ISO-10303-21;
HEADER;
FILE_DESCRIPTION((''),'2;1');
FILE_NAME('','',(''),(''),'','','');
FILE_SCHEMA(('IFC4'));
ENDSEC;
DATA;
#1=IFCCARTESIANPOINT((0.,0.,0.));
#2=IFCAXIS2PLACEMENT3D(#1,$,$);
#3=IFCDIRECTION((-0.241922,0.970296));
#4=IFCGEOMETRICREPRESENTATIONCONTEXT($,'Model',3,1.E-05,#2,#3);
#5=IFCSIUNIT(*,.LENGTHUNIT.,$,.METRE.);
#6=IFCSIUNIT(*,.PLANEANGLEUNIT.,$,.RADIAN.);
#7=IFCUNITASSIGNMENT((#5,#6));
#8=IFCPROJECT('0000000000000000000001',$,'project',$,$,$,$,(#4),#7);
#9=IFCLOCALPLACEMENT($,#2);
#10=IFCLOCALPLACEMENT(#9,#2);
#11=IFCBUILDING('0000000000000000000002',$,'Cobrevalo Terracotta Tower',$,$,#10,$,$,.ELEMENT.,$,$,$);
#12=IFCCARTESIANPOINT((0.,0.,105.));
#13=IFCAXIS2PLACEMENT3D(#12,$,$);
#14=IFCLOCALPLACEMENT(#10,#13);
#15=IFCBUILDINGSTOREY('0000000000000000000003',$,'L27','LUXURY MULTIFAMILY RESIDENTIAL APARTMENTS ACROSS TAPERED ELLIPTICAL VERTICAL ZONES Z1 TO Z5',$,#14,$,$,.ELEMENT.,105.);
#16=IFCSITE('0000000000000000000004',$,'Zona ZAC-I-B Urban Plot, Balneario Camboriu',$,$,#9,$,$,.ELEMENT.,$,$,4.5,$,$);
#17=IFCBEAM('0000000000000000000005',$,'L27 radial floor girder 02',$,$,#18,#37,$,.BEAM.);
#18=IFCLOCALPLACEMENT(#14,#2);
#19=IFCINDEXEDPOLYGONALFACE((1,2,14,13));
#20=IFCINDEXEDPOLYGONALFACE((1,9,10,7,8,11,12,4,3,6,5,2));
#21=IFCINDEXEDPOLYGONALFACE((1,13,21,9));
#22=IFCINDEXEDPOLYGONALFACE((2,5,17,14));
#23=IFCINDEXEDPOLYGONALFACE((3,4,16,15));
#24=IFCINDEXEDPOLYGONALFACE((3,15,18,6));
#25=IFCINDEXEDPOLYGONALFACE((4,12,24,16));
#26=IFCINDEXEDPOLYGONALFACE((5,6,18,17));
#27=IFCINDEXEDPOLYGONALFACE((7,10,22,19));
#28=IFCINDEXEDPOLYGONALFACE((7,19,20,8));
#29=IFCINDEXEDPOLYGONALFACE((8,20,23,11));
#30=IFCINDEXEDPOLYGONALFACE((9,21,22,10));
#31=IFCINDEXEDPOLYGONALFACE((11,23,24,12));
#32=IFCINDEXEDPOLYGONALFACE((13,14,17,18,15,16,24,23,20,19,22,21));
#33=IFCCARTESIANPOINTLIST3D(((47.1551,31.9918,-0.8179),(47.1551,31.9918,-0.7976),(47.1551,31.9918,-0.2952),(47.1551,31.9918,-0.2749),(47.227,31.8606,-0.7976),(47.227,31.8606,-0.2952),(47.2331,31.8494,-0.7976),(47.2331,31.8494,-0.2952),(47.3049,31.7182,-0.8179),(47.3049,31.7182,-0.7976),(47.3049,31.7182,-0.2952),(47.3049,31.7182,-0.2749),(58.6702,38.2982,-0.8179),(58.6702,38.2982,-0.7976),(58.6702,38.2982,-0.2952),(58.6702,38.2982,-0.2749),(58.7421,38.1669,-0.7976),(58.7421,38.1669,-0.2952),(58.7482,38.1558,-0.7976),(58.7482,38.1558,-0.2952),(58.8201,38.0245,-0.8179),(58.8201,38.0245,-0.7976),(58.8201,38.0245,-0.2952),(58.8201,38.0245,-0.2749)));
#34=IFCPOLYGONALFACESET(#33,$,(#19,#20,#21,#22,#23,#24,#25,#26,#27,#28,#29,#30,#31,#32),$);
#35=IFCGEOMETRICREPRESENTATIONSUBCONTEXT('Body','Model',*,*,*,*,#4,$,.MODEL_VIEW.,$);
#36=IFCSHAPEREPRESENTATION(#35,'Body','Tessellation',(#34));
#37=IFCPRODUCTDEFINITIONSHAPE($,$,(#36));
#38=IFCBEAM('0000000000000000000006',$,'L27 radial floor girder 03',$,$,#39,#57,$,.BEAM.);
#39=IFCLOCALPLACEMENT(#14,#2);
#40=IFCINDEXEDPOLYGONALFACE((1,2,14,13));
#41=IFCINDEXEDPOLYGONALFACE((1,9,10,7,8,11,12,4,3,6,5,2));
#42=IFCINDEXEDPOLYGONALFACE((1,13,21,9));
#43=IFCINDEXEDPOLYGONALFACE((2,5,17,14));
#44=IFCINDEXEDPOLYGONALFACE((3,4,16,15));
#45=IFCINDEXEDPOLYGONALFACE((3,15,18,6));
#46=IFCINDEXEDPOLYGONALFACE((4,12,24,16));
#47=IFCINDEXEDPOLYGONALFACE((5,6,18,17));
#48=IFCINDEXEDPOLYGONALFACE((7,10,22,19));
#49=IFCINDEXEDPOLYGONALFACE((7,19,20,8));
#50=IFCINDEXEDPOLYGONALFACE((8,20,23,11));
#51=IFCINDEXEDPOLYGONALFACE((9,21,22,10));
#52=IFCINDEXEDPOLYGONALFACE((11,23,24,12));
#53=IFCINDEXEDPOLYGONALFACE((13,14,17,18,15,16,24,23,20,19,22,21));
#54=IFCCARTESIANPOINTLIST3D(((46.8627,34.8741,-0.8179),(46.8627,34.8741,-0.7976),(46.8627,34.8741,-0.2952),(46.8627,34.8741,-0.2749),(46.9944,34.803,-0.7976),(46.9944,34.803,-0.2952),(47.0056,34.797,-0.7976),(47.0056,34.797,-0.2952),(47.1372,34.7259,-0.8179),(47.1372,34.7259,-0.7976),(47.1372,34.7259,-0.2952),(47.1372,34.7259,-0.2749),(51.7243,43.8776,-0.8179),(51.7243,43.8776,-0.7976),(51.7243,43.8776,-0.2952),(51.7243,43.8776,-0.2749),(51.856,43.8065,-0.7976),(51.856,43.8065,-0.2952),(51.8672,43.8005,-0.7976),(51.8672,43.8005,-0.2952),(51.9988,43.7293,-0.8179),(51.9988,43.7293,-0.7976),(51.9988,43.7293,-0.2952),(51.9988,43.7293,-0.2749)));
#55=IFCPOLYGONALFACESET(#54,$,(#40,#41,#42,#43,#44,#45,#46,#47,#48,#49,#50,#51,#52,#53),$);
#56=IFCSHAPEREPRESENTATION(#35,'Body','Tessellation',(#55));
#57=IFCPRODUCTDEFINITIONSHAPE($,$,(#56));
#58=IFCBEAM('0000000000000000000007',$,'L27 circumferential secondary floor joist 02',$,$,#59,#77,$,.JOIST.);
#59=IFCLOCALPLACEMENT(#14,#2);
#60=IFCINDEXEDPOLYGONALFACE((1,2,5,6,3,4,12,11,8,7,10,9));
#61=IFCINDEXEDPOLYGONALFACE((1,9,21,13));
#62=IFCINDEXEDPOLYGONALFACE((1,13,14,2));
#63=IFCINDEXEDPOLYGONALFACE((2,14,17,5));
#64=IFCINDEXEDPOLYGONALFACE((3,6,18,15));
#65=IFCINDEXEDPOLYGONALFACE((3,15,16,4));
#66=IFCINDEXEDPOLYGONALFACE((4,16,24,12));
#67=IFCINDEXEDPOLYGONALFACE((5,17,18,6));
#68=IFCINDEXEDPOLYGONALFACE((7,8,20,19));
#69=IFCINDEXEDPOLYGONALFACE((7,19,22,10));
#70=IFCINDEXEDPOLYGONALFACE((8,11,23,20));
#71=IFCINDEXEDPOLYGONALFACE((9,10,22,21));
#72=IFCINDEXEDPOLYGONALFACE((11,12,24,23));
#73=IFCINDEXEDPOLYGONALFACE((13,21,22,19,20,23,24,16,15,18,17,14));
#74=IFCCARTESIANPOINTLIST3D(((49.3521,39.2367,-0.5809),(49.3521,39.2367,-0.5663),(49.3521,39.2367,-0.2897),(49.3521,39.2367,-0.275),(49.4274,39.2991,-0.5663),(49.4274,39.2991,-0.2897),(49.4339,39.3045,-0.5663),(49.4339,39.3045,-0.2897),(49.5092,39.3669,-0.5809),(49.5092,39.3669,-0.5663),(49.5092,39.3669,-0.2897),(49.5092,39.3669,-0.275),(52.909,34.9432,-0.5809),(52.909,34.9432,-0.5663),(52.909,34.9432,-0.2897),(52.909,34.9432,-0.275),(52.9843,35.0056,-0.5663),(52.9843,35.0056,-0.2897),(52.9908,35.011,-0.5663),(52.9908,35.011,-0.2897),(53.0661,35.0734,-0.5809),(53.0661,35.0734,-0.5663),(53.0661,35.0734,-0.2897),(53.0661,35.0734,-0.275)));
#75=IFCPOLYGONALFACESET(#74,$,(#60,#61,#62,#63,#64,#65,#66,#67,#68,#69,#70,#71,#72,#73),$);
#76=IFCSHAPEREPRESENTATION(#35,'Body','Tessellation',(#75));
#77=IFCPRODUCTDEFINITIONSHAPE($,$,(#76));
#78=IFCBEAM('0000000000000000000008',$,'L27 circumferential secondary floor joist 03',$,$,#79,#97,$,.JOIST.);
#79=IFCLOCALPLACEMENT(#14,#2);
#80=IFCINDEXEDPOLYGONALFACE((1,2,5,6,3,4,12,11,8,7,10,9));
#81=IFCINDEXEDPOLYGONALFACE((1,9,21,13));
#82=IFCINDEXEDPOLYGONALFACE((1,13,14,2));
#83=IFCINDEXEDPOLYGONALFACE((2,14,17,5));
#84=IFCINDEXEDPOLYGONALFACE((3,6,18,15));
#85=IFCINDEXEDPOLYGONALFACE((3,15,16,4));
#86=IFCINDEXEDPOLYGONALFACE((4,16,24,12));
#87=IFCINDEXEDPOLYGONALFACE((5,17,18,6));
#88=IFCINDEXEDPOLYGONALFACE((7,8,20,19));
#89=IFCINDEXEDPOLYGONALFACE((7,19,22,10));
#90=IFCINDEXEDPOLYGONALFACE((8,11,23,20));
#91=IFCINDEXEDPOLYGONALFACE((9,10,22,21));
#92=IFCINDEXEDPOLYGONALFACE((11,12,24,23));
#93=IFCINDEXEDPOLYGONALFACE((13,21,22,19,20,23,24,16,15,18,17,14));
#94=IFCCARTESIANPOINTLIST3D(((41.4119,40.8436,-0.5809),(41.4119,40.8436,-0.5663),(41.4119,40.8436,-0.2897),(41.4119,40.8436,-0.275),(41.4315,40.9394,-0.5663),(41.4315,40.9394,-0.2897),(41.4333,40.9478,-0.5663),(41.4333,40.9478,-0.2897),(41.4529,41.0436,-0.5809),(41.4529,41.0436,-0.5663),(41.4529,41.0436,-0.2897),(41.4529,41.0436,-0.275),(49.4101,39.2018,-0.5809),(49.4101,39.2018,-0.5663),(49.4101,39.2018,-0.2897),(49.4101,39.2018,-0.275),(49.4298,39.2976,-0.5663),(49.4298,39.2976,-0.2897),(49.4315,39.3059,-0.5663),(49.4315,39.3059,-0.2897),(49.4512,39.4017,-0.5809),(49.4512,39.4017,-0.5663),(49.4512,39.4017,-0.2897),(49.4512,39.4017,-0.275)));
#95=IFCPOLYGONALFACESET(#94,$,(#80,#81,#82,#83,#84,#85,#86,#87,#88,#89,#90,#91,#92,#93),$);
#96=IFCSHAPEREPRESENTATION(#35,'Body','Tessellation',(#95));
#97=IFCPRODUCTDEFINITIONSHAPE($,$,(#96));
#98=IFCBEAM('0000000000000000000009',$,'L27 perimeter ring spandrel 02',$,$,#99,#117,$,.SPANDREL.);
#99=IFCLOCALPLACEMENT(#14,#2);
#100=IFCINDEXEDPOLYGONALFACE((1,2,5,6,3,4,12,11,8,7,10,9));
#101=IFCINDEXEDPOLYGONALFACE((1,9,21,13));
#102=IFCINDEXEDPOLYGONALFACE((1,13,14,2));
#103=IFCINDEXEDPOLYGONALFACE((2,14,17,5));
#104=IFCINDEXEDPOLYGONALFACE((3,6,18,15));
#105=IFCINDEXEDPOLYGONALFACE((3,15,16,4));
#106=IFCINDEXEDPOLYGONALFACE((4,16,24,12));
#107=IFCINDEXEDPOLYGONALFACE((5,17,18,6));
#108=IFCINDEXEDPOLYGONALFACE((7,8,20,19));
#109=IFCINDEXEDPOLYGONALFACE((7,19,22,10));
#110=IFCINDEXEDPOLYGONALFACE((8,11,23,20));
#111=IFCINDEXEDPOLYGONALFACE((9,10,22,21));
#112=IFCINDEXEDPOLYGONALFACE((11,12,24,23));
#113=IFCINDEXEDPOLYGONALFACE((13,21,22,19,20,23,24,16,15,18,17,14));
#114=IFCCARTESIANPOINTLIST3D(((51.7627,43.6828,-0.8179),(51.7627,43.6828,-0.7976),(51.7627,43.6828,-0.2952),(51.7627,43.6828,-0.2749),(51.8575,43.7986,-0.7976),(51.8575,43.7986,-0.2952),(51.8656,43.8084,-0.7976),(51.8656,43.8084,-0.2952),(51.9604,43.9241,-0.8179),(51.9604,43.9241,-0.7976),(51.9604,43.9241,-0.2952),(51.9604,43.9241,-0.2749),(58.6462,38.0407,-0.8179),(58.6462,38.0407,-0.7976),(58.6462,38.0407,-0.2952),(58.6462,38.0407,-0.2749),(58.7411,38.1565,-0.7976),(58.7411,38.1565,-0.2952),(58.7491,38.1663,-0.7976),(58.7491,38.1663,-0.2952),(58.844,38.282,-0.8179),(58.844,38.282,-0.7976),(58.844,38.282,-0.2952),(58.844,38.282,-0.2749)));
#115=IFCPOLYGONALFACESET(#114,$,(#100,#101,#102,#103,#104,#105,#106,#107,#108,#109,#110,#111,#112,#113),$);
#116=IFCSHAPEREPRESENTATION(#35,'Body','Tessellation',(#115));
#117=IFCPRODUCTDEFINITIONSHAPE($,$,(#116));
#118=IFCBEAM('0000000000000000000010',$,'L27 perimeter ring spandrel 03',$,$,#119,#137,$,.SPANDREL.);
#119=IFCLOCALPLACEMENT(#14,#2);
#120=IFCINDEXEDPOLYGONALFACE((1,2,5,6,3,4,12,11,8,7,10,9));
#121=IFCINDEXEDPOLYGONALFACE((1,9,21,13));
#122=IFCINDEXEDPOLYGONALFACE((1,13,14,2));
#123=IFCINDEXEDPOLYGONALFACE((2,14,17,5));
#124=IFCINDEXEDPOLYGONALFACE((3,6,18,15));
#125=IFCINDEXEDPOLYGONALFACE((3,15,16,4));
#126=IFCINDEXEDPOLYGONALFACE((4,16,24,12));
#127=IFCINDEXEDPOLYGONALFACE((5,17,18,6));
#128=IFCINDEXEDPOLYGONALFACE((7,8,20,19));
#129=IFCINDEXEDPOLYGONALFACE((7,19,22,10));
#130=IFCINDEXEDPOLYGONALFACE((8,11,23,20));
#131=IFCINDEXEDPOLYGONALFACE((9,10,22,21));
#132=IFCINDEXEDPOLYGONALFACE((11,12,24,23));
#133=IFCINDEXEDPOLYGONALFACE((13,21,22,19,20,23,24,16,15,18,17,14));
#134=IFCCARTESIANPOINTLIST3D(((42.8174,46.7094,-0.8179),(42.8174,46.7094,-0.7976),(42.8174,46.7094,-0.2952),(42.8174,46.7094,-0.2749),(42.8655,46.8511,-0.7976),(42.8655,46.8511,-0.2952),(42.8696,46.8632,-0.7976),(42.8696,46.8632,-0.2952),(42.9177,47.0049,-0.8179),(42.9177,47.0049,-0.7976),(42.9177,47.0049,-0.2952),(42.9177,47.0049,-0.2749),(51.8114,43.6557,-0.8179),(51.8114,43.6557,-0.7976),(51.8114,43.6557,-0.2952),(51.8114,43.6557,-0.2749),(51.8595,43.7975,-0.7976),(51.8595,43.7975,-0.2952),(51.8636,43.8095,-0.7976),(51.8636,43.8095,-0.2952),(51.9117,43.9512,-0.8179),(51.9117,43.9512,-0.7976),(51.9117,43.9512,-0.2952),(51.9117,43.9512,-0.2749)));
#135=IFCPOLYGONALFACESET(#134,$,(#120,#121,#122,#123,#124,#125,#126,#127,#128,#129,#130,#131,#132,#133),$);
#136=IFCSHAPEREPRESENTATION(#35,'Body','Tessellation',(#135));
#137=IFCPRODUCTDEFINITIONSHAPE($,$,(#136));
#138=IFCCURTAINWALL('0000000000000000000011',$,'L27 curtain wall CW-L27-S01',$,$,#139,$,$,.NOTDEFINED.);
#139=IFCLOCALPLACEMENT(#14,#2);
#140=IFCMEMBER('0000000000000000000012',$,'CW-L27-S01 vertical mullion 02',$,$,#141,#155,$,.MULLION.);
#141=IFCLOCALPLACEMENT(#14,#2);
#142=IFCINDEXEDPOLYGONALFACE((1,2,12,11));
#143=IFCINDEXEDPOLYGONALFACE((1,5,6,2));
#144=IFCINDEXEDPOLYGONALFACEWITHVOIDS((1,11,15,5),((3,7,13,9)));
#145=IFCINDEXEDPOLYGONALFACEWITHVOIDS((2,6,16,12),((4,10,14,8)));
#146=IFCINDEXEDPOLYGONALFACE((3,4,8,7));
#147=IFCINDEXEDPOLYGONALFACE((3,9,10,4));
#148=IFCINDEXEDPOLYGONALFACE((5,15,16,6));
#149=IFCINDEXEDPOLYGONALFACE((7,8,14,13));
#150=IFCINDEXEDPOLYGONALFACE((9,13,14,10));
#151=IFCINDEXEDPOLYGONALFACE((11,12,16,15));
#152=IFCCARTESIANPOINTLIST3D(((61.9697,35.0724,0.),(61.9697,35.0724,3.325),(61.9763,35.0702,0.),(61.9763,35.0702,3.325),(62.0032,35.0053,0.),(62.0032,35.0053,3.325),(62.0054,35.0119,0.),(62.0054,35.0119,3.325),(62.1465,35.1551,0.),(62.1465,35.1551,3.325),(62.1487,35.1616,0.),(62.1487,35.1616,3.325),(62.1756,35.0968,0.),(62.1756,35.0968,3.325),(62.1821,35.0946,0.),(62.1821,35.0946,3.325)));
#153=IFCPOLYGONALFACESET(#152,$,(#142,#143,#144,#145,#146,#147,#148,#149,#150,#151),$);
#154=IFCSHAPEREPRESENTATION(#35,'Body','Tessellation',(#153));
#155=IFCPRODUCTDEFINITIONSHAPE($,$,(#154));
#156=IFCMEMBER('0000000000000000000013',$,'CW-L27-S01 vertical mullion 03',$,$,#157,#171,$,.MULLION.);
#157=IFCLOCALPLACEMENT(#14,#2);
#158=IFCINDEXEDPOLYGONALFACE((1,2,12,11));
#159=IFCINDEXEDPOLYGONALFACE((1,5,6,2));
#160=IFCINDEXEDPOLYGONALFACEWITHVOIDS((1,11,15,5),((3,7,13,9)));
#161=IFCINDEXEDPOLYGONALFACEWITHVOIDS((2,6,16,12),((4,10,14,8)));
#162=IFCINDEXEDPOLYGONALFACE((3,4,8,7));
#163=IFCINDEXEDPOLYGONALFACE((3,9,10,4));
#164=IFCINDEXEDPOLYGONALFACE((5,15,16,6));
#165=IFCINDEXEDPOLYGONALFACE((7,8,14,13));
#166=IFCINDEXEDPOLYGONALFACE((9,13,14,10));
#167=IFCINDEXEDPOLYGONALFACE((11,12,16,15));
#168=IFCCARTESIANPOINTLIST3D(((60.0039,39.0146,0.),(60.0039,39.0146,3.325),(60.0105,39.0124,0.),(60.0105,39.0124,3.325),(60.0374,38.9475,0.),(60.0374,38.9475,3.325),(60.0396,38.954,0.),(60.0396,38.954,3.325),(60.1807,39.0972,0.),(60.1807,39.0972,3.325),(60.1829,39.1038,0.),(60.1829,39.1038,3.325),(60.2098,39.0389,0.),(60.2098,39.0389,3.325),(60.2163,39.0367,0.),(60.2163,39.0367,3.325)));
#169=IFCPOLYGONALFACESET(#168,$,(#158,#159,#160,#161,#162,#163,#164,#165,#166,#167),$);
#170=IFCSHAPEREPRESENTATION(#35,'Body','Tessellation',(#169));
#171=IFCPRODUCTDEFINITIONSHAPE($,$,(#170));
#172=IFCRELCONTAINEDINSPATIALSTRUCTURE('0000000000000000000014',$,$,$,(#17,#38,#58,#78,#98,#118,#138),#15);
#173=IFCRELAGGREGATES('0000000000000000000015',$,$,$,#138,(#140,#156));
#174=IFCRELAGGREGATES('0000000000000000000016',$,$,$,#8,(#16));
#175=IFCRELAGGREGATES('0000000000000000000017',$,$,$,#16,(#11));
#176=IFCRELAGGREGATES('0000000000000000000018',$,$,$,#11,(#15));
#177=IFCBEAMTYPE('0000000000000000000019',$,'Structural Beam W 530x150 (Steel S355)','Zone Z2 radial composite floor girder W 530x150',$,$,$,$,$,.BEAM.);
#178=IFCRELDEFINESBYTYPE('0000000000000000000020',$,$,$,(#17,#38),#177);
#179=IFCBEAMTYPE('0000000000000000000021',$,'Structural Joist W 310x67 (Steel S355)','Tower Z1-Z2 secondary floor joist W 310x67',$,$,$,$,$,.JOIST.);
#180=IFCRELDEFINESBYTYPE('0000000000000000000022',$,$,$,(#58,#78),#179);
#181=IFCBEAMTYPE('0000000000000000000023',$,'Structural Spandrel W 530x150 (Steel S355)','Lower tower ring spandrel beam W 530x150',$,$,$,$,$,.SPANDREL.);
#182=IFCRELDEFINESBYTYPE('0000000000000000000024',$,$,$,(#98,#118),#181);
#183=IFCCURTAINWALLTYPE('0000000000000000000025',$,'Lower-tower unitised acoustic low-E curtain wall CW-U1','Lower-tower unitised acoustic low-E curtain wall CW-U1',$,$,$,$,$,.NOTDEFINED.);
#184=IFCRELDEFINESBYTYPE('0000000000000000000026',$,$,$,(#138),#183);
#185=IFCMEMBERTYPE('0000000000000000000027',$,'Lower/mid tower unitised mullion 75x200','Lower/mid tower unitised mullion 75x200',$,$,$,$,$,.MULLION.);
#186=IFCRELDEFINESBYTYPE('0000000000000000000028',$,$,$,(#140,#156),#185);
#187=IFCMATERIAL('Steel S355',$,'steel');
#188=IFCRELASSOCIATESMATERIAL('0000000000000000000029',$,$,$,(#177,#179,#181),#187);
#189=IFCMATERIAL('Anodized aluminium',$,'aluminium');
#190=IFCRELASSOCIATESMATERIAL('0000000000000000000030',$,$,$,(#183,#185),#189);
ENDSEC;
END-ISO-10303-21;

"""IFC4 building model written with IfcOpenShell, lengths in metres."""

from ifc_helpers import new_model, si_unit, direction, frame, origin, origin_2d, place, context, subcontext, project, spatial, hollow_rectangle, i_section, extrude, source, transform, mapped, material, material_profile, profile_set, type_object, element, aggregate, save


model = new_model("IFC4")

# Units and contexts
model_context = context("Model", 3, precision=1e-05, world=origin(), true_north=direction((-0.241922, 0.970296)))
body_context = subcontext(model_context, "Body", "Model", "MODEL_VIEW")
ifc_project = project(units=[si_unit("LENGTHUNIT", "METRE"), si_unit("PLANEANGLEUNIT", "RADIAN")], contexts=[model_context])

# Site, building, storey
site_placement = place(None, origin())
site = spatial("IfcSite", under=ifc_project, at=site_placement, Name="Zona ZAC-I-B Urban Plot, Balneario Camboriu", CompositionType="ELEMENT", RefElevation=4.5)
building_placement = place(site_placement, origin())
building = spatial("IfcBuilding", under=site, at=building_placement, Name="Cobrevalo Terracotta Tower", CompositionType="ELEMENT")
storey_placement = place(building_placement, frame((0.0, 0.0, 105.0)))
storey = spatial("IfcBuildingStorey", under=building, at=storey_placement, Name="L27", Description="LUXURY MULTIFAMILY RESIDENTIAL APARTMENTS ACROSS TAPERED ELLIPTICAL VERTICAL ZONES Z1 TO Z5", CompositionType="ELEMENT", Elevation=105.0)

# Shared definitions
ifc_material_1 = material(Name="Steel S355", Category="steel")

# Beams
ifc_material_profile_1 = material_profile(ifc_material_1, i_section(OverallWidth=0.312, OverallDepth=0.543, WebThickness=0.0127, FlangeThickness=0.0203, at=origin_2d()), Name="W 530x150")
ifc_profile_set_1 = profile_set([ifc_material_profile_1], Name="Steel S355")
beam_type_1 = type_object("IfcBeamType", Name="Structural Beam W 530x150 (Steel S355)", Description="Zone Z2 radial composite floor girder W 530x150", PredefinedType="BEAM", material=ifc_profile_set_1)
beam_1_placement = place(storey_placement, frame((58.7451, 38.1614, -0.5464), z_axis=(-0.877081, -0.480343, 0.0), x_axis=(0.480343, -0.877081, 0.0)))
element("IfcBeam", 1, at=beam_1_placement, inside=storey, type_object=beam_type_1, Name="L27 radial floor girder 02", PredefinedType="BEAM", context=body_context, shape_type="SweptSolid", body=[
    extrude(i_section(OverallWidth=0.312, OverallDepth=0.543, WebThickness=0.0127, FlangeThickness=0.0203, at=origin_2d()), origin(), (0.0, 0.0, 1.0), 13.1289),
])
beam_2_placement = place(storey_placement, frame((51.8616, 43.8035, -0.5464), z_axis=(-0.475128, -0.879917, 0.0), x_axis=(0.879917, -0.475128, 0.0)))
element("IfcBeam", 2, at=beam_2_placement, inside=storey, type_object=beam_type_1, Name="L27 radial floor girder 03", PredefinedType="BEAM", context=body_context, shape_type="SweptSolid", body=[
    extrude(i_section(OverallWidth=0.312, OverallDepth=0.543, WebThickness=0.0127, FlangeThickness=0.0203, at=origin_2d()), origin(), (0.0, 0.0, 1.0), 10.2322),
])
ifc_material_profile_2 = material_profile(ifc_material_1, i_section(OverallWidth=0.2041, OverallDepth=0.3059, WebThickness=0.0085, FlangeThickness=0.0146, at=origin_2d()), Name="W 310x67")
ifc_profile_set_2 = profile_set([ifc_material_profile_2], Name="Steel S355")
beam_type_2 = type_object("IfcBeamType", Name="Structural Joist W 310x67 (Steel S355)", Description="Tower Z1-Z2 secondary floor joist W 310x67", PredefinedType="JOIST", material=ifc_profile_set_2)
beam_3_placement = place(storey_placement, frame((52.9875, 35.0083, -0.428), z_axis=(-0.637959, 0.77007, 0.0), x_axis=(-0.77007, -0.637959, 0.0)))
element("IfcBeam", 3, at=beam_3_placement, inside=storey, type_object=beam_type_2, Name="L27 circumferential secondary floor joist 02", PredefinedType="JOIST", context=body_context, shape_type="SweptSolid", body=[
    extrude(i_section(OverallWidth=0.2041, OverallDepth=0.3059, WebThickness=0.0085, FlangeThickness=0.0146, at=origin_2d()), origin(), (0.0, 0.0, 1.0), 5.5754),
])
beam_4_placement = place(storey_placement, frame((49.4307, 39.3018, -0.428), z_axis=(-0.979574, 0.201082, 0.0), x_axis=(-0.201082, -0.979574, 0.0)))
element("IfcBeam", 4, at=beam_4_placement, inside=storey, type_object=beam_type_2, Name="L27 circumferential secondary floor joist 03", PredefinedType="JOIST", context=body_context, shape_type="SweptSolid", body=[
    extrude(i_section(OverallWidth=0.2041, OverallDepth=0.3059, WebThickness=0.0085, FlangeThickness=0.0146, at=origin_2d()), origin(), (0.0, 0.0, 1.0), 8.165),
])
ifc_material_profile_3 = material_profile(ifc_material_1, i_section(OverallWidth=0.312, OverallDepth=0.543, WebThickness=0.0127, FlangeThickness=0.0203, at=origin_2d()), Name="W 530x150")
ifc_profile_set_3 = profile_set([ifc_material_profile_3], Name="Steel S355")
beam_type_3 = type_object("IfcBeamType", Name="Structural Spandrel W 530x150 (Steel S355)", Description="Lower tower ring spandrel beam W 530x150", PredefinedType="SPANDREL", material=ifc_profile_set_3)
beam_5_placement = place(storey_placement, frame((58.7451, 38.1614, -0.5464), z_axis=(-0.773401, 0.633917, 0.0), x_axis=(-0.633917, -0.773401, 0.0)))
element("IfcBeam", 5, at=beam_5_placement, inside=storey, type_object=beam_type_3, Name="L27 perimeter ring spandrel 02", PredefinedType="SPANDREL", context=body_context, shape_type="SweptSolid", body=[
    extrude(i_section(OverallWidth=0.312, OverallDepth=0.543, WebThickness=0.0127, FlangeThickness=0.0203, at=origin_2d()), origin(), (0.0, 0.0, 1.0), 8.9004),
])
beam_6_placement = place(storey_placement, frame((51.8616, 43.8035, -0.5464), z_axis=(-0.946911, 0.321497, 0.0), x_axis=(-0.321497, -0.946911, 0.0)))
element("IfcBeam", 6, at=beam_6_placement, inside=storey, type_object=beam_type_3, Name="L27 perimeter ring spandrel 03", PredefinedType="SPANDREL", context=body_context, shape_type="SweptSolid", body=[
    extrude(i_section(OverallWidth=0.312, OverallDepth=0.543, WebThickness=0.0127, FlangeThickness=0.0203, at=origin_2d()), origin(), (0.0, 0.0, 1.0), 9.4983),
])

# Curtain wall, members
ifc_material_2 = material(Name="Anodized aluminium", Category="aluminium")
curtain_wall_type = type_object("IfcCurtainWallType", Name="Lower-tower unitised acoustic low-E curtain wall CW-U1", Description="Lower-tower unitised acoustic low-E curtain wall CW-U1", PredefinedType="NOTDEFINED", material=ifc_material_2)
curtain_wall_placement = place(storey_placement, origin())
curtain_wall = element("IfcCurtainWall", 7, at=curtain_wall_placement, inside=storey, type_object=curtain_wall_type, Name="L27 curtain wall CW-L27-S01", PredefinedType="NOTDEFINED")
ifc_material_profile_4 = material_profile(ifc_material_2, hollow_rectangle(XDim=0.075, YDim=0.2, WallThickness=0.0049, at=origin_2d()), Name="CWM 75x200")
ifc_profile_set_4 = profile_set([ifc_material_profile_4], Name="Anodized aluminium")
member_type_1 = type_object("IfcMemberType", Name="Lower/mid tower unitised mullion 75x200", Description="Lower/mid tower unitised mullion 75x200", PredefinedType="MULLION", material=ifc_profile_set_4)
shared_shape_1 = source(origin(), body_context, "Body", "SweptSolid", [
    extrude(hollow_rectangle(XDim=0.075, YDim=0.2, WallThickness=0.0049, at=origin_2d()), origin(), (0.0, 0.0, 1.0), 3.325),
])
member_1_placement = place(storey_placement, frame((62.0759, 35.0835, 0.0), z_axis=(0.0, 0.0, 1.0), x_axis=(-0.44626, 0.894903, 0.0)))
member_1 = element("IfcMember", 8, at=member_1_placement, type_object=member_type_1, Name="CW-L27-S01 vertical mullion 02", PredefinedType="MULLION", context=body_context, shape_type="MappedRepresentation", body=[
    mapped(shared_shape_1, transform((0.0, 0.0, 0.0), scale=1.0)),
])
member_2_placement = place(storey_placement, frame((60.1101, 39.0256, 0.0), z_axis=(0.0, 0.0, 1.0), x_axis=(-0.44626, 0.894903, 0.0)))
member_2 = element("IfcMember", 9, at=member_2_placement, type_object=member_type_1, Name="CW-L27-S01 vertical mullion 03", PredefinedType="MULLION", context=body_context, shape_type="MappedRepresentation", body=[
    mapped(shared_shape_1, transform((0.0, 0.0, 0.0), scale=1.0)),
])
aggregate(curtain_wall, [member_1, member_2])

save(model, "model.ifc")
